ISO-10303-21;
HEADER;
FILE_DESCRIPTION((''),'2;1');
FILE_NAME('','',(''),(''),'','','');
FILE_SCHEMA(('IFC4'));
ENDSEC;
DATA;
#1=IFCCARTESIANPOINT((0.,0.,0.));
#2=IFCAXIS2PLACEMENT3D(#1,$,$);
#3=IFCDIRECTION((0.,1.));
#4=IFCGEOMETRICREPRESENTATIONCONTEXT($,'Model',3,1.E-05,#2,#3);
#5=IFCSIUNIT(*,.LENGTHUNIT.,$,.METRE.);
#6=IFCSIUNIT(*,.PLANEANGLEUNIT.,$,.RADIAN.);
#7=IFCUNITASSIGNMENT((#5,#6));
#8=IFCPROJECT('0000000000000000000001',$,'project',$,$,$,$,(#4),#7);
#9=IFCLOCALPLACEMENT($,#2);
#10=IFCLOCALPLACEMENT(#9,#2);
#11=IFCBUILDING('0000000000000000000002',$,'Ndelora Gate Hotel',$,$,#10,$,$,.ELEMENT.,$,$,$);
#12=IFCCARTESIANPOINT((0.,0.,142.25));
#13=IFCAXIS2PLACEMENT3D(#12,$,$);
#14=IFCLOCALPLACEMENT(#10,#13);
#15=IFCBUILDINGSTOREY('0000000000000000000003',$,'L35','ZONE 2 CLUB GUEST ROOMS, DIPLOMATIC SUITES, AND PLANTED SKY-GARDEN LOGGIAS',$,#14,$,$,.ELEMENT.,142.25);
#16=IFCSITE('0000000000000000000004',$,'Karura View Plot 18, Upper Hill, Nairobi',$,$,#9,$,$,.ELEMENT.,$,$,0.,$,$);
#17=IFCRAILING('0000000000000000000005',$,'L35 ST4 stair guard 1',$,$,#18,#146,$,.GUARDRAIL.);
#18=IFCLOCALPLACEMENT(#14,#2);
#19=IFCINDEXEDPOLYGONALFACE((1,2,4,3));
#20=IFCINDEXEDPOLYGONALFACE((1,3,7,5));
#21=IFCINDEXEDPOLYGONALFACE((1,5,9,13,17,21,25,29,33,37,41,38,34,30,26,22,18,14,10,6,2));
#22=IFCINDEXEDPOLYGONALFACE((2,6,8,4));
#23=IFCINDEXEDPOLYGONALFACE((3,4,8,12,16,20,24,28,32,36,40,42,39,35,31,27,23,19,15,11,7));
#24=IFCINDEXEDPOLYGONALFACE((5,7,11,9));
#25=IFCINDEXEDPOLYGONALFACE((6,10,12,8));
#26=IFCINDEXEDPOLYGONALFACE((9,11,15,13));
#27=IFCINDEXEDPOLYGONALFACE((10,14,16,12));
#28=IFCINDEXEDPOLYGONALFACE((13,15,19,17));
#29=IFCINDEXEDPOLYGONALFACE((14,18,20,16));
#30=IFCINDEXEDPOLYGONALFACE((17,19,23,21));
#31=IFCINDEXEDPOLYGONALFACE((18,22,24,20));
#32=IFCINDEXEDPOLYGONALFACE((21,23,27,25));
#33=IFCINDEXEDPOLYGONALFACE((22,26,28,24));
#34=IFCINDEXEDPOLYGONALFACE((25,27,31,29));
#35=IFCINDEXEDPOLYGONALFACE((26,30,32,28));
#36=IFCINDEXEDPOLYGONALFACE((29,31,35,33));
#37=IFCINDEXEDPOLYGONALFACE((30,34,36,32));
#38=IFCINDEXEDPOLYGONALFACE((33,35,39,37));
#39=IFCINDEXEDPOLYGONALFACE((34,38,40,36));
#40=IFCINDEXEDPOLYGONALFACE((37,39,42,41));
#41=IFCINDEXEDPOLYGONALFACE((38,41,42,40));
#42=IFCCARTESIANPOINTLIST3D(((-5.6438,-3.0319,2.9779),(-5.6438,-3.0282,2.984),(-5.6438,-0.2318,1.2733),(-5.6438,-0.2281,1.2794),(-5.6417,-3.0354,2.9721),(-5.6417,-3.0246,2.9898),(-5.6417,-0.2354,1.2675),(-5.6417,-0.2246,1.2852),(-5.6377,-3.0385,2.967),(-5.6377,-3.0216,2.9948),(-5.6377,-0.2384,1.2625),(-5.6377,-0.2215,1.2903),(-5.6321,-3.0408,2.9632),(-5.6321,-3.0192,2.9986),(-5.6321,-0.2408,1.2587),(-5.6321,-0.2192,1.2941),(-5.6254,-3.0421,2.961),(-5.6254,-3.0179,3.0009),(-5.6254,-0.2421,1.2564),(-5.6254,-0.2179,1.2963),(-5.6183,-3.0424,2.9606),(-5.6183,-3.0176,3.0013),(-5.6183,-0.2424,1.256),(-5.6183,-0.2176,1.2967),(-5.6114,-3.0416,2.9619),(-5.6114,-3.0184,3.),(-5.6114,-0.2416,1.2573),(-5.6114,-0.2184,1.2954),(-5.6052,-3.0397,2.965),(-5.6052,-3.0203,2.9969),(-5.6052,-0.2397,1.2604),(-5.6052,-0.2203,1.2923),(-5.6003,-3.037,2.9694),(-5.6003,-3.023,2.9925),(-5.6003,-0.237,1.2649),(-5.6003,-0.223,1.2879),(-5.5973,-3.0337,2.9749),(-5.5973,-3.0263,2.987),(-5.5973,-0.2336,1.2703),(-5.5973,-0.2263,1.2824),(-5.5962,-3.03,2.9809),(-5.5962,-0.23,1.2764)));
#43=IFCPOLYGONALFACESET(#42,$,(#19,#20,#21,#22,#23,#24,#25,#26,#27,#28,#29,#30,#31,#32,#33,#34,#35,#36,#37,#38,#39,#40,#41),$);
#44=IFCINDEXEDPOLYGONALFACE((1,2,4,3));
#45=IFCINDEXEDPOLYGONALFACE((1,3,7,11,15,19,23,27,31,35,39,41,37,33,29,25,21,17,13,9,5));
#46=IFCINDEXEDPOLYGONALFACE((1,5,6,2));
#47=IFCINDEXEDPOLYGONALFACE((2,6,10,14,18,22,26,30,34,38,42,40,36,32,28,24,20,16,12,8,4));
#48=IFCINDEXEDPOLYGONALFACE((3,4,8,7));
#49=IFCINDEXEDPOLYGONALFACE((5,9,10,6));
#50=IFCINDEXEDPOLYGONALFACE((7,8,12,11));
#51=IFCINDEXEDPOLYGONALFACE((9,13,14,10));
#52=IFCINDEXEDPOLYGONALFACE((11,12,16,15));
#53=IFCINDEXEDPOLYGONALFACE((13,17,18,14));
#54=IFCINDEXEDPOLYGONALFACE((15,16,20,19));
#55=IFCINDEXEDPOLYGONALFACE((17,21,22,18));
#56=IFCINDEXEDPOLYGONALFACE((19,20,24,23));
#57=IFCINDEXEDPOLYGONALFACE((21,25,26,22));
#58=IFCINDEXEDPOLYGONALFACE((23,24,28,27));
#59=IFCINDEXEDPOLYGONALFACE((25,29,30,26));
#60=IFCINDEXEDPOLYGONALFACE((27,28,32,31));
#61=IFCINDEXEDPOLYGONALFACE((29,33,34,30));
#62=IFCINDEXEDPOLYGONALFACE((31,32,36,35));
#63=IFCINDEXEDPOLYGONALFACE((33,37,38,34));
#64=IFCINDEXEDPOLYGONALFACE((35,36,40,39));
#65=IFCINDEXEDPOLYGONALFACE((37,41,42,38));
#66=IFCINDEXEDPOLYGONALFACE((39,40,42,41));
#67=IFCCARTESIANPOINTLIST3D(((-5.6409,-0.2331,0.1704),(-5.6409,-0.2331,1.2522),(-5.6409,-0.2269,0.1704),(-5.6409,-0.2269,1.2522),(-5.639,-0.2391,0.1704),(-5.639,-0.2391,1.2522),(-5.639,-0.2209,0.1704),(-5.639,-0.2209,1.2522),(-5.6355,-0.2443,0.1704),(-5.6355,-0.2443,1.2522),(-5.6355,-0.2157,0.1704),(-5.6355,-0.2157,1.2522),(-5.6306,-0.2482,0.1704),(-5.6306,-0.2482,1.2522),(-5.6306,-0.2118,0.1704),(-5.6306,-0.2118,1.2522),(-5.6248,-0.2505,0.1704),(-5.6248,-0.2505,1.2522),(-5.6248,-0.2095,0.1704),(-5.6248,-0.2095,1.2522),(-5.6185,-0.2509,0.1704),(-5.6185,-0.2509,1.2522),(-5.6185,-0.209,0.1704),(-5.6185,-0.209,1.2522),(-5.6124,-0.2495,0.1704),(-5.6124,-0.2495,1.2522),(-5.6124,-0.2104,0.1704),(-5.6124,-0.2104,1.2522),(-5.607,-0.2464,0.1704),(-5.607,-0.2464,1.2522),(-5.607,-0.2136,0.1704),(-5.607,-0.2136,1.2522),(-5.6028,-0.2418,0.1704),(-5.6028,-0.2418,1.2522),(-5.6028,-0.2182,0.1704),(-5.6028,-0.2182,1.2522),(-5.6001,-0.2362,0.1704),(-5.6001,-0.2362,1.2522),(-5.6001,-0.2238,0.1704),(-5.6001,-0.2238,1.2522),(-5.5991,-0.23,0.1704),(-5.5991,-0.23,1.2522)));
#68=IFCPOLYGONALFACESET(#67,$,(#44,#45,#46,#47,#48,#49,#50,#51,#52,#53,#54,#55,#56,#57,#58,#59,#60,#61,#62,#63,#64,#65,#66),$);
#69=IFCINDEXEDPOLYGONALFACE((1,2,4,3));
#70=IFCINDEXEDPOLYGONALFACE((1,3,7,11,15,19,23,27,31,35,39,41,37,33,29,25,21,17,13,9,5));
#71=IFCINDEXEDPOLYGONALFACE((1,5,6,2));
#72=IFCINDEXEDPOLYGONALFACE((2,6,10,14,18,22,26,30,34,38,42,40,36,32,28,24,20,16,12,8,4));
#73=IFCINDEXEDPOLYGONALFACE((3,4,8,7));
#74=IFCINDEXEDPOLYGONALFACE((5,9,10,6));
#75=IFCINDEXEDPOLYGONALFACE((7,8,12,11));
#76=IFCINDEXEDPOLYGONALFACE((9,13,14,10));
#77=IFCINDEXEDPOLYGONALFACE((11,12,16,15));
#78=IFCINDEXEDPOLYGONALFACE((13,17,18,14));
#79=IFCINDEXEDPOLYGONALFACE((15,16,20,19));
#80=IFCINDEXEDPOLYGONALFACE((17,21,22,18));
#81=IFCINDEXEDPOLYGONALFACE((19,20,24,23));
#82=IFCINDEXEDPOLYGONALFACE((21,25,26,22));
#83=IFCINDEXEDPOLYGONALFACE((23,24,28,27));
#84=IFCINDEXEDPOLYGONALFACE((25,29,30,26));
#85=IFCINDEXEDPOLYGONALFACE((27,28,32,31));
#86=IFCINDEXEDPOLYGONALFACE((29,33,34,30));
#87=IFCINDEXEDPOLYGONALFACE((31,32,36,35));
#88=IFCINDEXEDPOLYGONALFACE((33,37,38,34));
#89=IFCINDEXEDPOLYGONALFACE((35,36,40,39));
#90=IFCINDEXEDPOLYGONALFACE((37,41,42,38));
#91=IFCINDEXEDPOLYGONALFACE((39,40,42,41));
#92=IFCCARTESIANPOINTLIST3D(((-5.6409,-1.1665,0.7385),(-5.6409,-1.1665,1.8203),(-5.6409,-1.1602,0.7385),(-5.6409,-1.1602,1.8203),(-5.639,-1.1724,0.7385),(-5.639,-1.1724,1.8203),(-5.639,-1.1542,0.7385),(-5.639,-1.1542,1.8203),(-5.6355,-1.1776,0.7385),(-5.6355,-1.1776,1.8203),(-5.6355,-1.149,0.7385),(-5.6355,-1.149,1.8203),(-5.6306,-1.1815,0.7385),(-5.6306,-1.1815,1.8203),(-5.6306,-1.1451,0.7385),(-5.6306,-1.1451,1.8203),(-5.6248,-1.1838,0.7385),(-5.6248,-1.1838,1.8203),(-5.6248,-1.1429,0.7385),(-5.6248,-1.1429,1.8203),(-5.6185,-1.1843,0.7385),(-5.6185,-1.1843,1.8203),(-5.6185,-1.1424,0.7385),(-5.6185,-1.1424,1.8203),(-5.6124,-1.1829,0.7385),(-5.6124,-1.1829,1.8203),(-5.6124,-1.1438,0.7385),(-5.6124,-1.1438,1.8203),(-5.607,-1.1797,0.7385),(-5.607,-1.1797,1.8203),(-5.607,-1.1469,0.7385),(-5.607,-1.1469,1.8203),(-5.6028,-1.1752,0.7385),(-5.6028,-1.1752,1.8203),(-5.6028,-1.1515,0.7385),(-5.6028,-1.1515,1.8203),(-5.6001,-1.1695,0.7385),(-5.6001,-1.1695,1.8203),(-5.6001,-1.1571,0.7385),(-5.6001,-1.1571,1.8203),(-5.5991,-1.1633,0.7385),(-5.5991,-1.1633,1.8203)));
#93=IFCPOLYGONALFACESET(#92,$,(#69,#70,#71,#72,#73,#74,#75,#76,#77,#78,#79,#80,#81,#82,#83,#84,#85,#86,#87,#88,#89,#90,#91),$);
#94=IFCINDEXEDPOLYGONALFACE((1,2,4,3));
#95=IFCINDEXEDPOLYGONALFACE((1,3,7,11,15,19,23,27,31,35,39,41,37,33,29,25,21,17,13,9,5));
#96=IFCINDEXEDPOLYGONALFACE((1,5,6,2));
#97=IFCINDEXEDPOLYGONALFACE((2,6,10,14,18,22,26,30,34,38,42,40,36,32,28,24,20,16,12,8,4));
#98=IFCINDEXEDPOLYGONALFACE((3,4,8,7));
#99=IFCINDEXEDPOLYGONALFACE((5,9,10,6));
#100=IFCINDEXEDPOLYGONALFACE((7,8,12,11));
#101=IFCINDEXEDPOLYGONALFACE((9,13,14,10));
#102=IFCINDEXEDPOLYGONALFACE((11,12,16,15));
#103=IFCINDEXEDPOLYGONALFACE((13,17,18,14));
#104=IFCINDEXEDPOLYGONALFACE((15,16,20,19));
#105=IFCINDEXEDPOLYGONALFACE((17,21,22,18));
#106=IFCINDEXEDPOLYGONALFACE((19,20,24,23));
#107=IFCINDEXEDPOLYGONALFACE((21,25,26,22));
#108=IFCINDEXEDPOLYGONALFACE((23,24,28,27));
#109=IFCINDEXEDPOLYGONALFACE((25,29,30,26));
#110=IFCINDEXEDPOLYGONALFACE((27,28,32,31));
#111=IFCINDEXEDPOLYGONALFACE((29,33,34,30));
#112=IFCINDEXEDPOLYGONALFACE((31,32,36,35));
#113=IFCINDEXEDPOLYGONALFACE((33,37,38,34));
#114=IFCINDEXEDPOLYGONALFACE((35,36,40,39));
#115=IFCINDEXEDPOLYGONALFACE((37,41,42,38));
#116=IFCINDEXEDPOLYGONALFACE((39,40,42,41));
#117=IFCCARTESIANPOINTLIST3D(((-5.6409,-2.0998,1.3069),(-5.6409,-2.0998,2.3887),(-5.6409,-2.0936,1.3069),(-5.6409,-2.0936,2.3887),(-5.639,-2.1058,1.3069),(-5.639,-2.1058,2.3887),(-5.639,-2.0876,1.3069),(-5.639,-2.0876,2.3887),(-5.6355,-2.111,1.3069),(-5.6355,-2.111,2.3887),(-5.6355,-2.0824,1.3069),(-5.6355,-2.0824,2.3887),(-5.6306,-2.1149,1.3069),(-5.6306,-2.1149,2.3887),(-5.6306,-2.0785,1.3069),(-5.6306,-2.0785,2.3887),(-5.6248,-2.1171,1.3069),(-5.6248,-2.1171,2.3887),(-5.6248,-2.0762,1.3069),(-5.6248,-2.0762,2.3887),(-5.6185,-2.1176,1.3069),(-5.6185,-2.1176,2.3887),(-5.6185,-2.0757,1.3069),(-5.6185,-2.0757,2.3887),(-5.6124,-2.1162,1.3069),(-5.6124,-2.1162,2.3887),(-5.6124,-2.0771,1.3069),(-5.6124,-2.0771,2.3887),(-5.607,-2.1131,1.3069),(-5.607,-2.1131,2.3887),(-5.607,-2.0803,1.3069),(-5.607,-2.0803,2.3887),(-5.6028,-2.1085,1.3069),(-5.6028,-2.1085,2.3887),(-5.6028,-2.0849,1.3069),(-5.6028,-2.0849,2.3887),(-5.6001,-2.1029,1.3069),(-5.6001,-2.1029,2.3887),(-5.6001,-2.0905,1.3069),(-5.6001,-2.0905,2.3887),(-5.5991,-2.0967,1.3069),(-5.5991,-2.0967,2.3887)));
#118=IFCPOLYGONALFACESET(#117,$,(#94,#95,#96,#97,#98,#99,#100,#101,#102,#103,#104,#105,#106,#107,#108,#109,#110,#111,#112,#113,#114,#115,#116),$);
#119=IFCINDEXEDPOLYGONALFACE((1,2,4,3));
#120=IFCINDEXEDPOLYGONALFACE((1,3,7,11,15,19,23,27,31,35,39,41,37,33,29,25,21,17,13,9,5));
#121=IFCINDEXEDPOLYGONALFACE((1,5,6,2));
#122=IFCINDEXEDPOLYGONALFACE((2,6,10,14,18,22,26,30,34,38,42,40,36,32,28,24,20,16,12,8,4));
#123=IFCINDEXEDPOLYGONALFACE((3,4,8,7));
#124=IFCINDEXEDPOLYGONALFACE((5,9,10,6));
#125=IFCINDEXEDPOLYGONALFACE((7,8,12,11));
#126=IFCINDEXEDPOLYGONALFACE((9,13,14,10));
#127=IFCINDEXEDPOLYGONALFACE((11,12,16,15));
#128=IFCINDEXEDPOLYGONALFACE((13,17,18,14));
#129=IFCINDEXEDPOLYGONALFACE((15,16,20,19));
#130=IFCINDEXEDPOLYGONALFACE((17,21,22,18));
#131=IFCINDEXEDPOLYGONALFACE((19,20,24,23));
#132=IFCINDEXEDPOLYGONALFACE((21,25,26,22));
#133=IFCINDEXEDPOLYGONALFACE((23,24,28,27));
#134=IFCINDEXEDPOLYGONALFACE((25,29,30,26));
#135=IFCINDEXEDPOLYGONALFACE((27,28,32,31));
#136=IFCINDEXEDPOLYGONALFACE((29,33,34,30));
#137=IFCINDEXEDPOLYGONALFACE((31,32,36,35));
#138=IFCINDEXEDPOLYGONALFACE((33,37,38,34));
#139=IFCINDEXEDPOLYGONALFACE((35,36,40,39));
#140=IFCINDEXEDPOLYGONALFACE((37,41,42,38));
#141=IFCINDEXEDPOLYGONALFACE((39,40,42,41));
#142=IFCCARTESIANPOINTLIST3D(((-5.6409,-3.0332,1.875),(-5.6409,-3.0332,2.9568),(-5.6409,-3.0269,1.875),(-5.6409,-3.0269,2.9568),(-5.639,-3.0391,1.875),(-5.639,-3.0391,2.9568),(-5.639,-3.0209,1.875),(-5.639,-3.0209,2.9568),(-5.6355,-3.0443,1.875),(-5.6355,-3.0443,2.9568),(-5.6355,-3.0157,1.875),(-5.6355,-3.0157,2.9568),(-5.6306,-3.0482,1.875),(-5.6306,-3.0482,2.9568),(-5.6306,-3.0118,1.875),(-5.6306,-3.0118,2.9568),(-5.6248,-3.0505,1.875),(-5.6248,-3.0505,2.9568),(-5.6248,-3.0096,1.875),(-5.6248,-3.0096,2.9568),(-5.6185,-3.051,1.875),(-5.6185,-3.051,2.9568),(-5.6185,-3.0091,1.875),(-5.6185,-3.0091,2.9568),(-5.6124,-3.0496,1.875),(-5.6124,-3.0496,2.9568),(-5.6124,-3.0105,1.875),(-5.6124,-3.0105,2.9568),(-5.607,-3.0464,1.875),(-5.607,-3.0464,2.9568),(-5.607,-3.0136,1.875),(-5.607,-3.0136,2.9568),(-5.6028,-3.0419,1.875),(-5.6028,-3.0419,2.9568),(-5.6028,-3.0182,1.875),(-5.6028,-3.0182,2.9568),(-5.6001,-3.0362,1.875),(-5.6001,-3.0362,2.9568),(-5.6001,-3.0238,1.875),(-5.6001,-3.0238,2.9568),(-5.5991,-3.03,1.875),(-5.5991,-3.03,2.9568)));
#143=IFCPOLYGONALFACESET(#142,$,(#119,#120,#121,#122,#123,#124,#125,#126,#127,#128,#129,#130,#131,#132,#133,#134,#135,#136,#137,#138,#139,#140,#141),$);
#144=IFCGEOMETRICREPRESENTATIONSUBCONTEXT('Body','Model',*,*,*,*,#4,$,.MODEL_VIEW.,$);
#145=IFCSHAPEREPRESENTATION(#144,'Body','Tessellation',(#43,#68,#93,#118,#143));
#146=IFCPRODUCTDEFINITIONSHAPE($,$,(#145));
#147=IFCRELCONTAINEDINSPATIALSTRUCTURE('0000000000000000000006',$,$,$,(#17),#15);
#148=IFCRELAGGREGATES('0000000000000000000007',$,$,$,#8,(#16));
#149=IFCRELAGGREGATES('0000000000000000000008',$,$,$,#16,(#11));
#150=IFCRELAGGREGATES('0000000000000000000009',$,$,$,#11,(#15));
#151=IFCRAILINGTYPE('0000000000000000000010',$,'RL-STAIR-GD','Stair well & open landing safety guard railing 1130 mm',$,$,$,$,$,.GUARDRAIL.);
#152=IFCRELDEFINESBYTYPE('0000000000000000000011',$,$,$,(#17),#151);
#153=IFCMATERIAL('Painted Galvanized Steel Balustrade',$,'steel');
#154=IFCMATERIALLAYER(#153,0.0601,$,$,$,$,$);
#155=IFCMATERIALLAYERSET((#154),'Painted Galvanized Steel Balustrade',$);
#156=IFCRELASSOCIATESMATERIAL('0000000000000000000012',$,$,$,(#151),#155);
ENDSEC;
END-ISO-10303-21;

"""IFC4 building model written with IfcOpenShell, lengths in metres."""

from ifc_helpers import new_model, si_unit, direction, frame, origin, origin_2d, place, context, subcontext, project, spatial, circle, extrude, material, layer, layer_set, type_object, element, save


model = new_model("IFC4")

# Units and contexts
model_context = context("Model", 3, precision=1e-05, world=origin(), true_north=direction((0.0, 1.0)))
body_context = subcontext(model_context, "Body", "Model", "MODEL_VIEW")
ifc_project = project(units=[si_unit("LENGTHUNIT", "METRE"), si_unit("PLANEANGLEUNIT", "RADIAN")], contexts=[model_context])

# Site, building, storey
site_placement = place(None, origin())
site = spatial("IfcSite", under=ifc_project, at=site_placement, Name="Karura View Plot 18, Upper Hill, Nairobi", CompositionType="ELEMENT", RefElevation=0.0)
building_placement = place(site_placement, origin())
building = spatial("IfcBuilding", under=site, at=building_placement, Name="Ndelora Gate Hotel", CompositionType="ELEMENT")
storey_placement = place(building_placement, frame((0.0, 0.0, 142.25)))
storey = spatial("IfcBuildingStorey", under=building, at=storey_placement, Name="L35", Description="ZONE 2 CLUB GUEST ROOMS, DIPLOMATIC SUITES, AND PLANTED SKY-GARDEN LOGGIAS", CompositionType="ELEMENT", Elevation=142.25)

# Railing
ifc_material_1 = material(Name="Painted Galvanized Steel Balustrade", Category="steel")
ifc_layer_1 = layer(ifc_material_1, 0.0601)
ifc_layer_set_1 = layer_set([ifc_layer_1], Name="Painted Galvanized Steel Balustrade")
railing_type_1 = type_object("IfcRailingType", Name="RL-STAIR-GD", Description="Stair well & open landing safety guard railing 1130 mm", PredefinedType="GUARDRAIL", material=ifc_layer_set_1)
railing_1_placement = place(storey_placement, frame((-5.6201, -0.23, 0.1704)))
element("IfcRailing", 1, at=railing_1_placement, inside=storey, type_object=railing_type_1, Name="L35 ST4 stair guard 1", PredefinedType="GUARDRAIL", context=body_context, shape_type="SweptSolid", body=[
    extrude(circle(Radius=0.0239, at=origin_2d()), frame((0.0, 0.0, 1.106), z_axis=(0.0, -0.85417, 0.519994), x_axis=(1.0, 0.0, 0.0)), (0.0, 0.0, 1.0), 3.2781),
    extrude(circle(Radius=0.021, at=origin_2d()), origin(), (0.0, 0.0, 1.0), 1.0818),
    extrude(circle(Radius=0.021, at=origin_2d()), frame((0.0, -0.9333, 0.5681)), (0.0, 0.0, 1.0), 1.0818),
    extrude(circle(Radius=0.021, at=origin_2d()), frame((0.0, -1.8667, 1.1365)), (0.0, 0.0, 1.0), 1.0818),
    extrude(circle(Radius=0.021, at=origin_2d()), frame((0.0, -2.8, 1.7046)), (0.0, 0.0, 1.0), 1.0818),
])

save(model, "model.ifc")
